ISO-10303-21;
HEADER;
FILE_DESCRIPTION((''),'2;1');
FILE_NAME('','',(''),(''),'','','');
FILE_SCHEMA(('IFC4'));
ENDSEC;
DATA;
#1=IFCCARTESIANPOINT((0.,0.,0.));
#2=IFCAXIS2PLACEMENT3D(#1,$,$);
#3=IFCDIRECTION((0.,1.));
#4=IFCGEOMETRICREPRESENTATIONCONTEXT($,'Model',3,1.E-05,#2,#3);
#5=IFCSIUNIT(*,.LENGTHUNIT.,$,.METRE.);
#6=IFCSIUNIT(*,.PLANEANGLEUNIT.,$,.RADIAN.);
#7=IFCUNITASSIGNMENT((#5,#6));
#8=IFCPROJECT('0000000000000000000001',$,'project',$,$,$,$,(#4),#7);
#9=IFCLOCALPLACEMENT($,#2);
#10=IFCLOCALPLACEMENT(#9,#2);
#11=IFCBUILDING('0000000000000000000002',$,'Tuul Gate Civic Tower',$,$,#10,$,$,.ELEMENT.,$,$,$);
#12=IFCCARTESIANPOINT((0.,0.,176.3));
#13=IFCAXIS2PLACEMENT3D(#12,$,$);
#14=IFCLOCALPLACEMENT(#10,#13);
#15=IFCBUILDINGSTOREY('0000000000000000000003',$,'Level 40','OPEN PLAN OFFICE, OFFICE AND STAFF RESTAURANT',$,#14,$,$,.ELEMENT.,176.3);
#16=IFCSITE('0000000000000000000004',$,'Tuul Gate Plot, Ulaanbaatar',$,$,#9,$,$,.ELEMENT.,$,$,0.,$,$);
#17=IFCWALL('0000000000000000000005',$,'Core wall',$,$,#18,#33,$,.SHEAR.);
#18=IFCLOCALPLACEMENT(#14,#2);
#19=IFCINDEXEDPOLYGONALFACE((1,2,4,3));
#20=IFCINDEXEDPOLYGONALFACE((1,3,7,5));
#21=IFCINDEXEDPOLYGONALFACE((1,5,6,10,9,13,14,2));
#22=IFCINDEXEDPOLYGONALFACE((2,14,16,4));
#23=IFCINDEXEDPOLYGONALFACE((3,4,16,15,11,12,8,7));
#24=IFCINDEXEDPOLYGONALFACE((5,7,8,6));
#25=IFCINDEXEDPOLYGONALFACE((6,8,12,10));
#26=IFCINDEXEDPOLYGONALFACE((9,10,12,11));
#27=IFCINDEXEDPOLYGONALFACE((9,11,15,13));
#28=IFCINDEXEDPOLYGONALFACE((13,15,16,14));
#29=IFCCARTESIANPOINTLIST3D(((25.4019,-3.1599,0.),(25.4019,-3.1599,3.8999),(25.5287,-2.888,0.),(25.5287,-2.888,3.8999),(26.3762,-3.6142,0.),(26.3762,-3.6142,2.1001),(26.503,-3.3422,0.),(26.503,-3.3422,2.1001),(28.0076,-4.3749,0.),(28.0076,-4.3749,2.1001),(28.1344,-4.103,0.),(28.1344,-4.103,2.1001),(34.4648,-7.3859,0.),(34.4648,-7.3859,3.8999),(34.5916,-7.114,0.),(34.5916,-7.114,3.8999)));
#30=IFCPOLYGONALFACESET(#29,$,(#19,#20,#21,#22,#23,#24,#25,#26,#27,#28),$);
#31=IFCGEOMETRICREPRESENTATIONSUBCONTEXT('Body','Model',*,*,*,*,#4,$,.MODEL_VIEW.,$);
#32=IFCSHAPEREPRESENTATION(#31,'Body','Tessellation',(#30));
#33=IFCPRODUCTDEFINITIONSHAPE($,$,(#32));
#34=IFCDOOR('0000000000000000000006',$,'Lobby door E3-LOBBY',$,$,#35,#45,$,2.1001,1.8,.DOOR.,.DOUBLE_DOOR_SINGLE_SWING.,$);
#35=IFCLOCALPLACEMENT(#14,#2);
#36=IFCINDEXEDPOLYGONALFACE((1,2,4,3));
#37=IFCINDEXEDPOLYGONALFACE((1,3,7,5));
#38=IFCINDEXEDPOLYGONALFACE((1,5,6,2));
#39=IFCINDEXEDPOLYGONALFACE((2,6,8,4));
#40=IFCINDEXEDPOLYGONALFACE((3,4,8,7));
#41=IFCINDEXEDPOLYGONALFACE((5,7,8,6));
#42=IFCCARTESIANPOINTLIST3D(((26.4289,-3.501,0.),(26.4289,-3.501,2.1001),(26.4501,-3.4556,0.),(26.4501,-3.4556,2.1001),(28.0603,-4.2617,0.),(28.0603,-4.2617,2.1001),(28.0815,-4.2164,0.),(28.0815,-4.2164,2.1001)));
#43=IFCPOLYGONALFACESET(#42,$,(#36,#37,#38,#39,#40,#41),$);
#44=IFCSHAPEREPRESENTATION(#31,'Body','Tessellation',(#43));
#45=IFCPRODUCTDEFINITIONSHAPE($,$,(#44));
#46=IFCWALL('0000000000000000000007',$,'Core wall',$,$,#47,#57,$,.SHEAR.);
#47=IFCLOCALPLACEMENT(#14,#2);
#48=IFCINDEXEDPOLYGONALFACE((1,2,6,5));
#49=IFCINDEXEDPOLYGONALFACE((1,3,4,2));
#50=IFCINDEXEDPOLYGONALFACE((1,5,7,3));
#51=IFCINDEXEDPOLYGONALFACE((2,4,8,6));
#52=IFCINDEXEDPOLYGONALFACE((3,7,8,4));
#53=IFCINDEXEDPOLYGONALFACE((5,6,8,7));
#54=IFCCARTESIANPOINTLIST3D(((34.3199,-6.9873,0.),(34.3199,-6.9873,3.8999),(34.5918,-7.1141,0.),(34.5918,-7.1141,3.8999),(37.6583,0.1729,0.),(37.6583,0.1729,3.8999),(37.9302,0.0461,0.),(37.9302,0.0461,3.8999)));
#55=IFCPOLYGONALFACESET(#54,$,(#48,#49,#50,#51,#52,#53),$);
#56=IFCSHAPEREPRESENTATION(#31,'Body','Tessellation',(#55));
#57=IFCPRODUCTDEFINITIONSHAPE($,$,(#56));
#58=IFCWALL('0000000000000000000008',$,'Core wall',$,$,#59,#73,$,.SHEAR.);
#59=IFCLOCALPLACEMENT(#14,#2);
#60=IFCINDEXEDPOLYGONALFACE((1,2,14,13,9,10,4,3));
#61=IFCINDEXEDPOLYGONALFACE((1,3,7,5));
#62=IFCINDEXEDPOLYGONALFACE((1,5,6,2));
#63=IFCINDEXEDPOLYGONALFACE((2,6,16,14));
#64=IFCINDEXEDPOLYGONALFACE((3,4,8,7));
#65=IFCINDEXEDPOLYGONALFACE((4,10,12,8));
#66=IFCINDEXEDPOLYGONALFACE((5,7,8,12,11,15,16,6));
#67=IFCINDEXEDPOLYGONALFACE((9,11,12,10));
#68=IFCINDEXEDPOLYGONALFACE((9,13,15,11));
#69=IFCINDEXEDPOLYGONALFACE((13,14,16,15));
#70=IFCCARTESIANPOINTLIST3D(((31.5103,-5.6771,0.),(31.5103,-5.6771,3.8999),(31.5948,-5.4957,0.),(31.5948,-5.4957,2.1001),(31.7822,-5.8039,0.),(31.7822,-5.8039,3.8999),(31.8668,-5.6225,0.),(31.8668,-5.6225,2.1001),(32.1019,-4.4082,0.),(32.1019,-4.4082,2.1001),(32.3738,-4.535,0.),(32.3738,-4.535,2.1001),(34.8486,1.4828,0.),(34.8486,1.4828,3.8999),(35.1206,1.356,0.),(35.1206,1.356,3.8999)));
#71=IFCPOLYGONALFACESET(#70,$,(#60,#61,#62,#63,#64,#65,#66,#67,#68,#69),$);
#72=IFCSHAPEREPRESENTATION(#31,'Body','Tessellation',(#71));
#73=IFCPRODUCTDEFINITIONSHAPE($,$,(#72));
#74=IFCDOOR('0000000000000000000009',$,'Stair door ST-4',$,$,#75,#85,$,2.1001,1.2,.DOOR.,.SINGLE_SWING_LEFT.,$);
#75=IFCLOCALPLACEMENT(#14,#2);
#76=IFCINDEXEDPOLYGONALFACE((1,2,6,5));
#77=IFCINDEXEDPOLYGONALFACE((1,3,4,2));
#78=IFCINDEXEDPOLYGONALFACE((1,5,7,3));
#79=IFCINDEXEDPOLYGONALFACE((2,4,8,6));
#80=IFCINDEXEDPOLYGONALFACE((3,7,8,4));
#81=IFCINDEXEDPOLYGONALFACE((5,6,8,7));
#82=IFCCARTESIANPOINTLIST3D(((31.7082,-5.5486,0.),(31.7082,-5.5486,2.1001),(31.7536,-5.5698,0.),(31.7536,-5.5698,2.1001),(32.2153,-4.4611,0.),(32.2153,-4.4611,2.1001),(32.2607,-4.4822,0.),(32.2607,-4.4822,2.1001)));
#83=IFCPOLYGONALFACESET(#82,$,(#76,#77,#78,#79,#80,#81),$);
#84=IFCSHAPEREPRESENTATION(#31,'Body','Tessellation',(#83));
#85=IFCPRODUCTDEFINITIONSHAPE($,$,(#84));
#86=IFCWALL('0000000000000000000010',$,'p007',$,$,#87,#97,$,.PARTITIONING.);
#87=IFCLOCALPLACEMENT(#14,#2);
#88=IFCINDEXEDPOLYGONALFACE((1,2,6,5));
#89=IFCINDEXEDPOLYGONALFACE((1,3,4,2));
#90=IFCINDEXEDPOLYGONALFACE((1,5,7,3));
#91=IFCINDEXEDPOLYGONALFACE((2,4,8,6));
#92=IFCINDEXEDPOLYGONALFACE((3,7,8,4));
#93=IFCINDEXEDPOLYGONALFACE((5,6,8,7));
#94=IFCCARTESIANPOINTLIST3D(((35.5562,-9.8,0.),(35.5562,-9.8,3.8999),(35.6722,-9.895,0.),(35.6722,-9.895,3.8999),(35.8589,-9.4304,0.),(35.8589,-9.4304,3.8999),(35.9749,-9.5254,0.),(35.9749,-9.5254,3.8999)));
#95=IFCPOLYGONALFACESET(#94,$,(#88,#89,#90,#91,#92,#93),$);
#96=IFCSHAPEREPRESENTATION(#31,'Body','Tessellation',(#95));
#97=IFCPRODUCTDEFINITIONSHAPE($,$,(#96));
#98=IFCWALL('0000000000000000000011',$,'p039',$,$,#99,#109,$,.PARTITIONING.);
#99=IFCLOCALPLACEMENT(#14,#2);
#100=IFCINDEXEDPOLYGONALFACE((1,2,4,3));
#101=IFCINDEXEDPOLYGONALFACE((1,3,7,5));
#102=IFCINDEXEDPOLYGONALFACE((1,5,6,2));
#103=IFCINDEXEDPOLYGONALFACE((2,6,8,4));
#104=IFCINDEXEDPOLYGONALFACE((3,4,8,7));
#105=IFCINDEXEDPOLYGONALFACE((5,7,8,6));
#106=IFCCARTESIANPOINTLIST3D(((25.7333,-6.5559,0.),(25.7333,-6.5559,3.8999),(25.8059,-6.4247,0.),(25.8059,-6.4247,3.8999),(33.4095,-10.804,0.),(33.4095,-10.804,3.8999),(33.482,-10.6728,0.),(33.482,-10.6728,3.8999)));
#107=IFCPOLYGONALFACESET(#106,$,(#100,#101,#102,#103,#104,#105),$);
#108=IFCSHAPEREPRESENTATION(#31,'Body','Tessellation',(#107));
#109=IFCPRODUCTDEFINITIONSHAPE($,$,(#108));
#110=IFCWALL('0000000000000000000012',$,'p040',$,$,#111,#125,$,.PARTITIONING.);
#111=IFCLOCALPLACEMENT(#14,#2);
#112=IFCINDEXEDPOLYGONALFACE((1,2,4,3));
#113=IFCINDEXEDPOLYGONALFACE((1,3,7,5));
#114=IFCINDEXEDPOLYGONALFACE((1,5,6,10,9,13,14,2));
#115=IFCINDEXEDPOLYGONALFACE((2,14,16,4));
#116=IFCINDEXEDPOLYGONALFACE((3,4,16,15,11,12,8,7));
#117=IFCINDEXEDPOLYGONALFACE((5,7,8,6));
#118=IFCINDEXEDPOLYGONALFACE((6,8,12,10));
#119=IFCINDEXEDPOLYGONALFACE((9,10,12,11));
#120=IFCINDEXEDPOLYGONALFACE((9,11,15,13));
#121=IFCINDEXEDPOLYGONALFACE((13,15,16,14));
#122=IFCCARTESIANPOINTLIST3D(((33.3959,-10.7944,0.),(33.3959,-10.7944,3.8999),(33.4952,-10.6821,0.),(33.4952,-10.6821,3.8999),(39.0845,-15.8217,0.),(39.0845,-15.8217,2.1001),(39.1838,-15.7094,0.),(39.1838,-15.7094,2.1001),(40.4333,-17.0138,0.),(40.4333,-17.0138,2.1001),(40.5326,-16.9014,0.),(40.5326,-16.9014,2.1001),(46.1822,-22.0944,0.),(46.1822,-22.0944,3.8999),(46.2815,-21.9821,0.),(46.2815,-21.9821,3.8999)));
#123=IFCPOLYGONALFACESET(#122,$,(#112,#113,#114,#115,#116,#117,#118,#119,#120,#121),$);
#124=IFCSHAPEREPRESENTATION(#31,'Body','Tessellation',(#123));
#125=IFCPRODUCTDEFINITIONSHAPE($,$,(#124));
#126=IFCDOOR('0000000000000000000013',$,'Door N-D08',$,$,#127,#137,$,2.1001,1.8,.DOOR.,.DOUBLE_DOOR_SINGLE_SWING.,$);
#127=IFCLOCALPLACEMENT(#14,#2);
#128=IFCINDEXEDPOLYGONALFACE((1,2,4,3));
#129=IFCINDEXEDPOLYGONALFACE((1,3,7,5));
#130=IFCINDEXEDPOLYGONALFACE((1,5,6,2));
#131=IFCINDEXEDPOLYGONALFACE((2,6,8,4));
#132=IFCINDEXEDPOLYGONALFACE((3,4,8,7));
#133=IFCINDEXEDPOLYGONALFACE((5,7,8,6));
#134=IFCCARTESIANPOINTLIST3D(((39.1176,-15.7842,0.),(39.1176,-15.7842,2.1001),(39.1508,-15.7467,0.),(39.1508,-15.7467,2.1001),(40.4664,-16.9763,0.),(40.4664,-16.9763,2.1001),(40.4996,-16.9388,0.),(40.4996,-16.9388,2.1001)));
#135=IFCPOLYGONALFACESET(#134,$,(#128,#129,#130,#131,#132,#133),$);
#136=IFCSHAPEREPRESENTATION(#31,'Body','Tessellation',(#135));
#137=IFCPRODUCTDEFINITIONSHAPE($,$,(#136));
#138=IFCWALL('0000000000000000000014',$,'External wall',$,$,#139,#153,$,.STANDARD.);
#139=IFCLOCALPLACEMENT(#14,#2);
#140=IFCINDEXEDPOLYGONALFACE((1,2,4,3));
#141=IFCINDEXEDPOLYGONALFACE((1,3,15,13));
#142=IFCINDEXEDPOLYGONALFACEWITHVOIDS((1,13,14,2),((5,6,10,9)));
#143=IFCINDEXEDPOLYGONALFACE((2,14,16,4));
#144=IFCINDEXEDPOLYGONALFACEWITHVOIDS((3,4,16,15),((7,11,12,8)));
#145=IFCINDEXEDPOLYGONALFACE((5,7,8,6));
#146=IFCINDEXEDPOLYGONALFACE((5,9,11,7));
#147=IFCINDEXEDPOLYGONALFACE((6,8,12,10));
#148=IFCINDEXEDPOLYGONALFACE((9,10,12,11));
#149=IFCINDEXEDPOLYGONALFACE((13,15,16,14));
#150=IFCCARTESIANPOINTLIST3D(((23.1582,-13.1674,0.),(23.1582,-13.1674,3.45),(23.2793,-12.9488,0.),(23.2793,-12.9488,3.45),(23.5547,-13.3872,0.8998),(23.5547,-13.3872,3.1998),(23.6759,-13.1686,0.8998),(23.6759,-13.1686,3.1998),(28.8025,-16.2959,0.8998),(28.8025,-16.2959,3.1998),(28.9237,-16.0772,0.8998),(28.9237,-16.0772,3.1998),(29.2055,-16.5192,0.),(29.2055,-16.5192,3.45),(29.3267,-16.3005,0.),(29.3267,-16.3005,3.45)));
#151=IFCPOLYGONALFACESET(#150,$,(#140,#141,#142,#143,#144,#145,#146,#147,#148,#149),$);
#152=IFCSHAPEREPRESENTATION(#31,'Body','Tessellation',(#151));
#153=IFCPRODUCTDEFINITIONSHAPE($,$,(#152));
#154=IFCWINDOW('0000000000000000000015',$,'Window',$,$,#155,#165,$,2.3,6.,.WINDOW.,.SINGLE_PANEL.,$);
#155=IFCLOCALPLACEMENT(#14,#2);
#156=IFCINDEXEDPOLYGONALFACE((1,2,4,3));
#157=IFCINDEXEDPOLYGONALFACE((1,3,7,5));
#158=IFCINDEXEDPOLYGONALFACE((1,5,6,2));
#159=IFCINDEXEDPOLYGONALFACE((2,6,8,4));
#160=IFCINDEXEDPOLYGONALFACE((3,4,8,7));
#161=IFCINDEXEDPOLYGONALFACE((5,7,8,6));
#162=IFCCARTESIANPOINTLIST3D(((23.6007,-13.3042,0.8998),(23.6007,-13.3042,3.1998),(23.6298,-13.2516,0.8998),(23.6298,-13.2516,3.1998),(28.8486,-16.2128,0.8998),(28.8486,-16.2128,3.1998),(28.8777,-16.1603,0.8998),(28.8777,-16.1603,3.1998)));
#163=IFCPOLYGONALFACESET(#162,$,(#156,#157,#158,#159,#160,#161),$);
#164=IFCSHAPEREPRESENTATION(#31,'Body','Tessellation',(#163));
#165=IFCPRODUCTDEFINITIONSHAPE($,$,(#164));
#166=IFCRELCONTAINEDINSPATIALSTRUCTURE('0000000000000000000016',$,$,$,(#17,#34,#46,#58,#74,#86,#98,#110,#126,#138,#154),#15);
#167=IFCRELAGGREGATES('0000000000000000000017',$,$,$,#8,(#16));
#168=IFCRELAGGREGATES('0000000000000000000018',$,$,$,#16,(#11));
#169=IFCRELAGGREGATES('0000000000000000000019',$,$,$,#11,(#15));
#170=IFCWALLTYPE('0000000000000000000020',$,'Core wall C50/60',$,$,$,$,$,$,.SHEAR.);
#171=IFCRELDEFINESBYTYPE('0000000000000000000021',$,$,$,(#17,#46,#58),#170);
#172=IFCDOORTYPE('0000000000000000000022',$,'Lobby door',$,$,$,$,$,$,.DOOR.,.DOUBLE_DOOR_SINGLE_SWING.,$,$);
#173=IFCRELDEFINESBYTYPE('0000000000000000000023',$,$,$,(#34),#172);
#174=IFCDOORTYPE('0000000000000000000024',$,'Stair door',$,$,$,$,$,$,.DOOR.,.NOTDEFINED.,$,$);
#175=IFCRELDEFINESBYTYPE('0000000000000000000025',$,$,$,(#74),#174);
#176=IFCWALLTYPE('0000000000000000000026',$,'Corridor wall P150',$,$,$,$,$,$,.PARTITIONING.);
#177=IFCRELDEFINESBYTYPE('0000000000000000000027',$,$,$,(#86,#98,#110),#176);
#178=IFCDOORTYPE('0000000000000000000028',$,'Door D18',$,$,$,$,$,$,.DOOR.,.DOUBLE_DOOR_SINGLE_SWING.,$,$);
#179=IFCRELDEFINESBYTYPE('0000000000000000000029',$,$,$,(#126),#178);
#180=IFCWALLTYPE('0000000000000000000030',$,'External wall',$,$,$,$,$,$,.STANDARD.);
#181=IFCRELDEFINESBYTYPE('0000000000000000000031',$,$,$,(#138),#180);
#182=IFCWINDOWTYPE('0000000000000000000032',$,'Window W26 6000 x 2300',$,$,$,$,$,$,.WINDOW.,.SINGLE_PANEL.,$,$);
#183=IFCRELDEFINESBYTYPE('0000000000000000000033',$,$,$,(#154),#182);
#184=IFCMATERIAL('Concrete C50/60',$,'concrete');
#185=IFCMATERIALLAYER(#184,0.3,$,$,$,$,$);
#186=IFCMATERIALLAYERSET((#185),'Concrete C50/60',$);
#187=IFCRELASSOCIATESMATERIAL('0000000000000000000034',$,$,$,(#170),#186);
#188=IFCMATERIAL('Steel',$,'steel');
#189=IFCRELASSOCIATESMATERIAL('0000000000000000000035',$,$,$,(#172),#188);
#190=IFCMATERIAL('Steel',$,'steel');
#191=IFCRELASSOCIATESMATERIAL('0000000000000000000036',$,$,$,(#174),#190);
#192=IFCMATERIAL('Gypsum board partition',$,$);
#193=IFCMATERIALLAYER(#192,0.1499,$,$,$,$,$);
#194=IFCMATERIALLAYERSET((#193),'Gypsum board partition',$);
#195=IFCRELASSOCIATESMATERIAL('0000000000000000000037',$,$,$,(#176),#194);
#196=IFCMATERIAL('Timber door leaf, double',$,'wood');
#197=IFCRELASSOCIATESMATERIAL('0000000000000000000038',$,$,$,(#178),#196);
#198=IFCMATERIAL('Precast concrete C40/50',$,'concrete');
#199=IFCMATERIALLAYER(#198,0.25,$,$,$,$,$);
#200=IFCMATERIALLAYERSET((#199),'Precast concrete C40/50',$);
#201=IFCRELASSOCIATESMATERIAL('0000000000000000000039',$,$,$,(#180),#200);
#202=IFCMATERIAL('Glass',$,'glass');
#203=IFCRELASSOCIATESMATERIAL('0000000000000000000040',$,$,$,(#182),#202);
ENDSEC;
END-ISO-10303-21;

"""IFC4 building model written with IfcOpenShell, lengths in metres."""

from ifc_helpers import new_model, si_unit, direction, frame, frame_2d, origin, place, context, subcontext, project, spatial, rectangle, extrude, material, layer, layer_set, type_object, element, fill, save


model = new_model("IFC4")

# Units and contexts
model_context = context("Model", 3, precision=1e-05, world=origin(), true_north=direction((0.0, 1.0)))
body_context = subcontext(model_context, "Body", "Model", "MODEL_VIEW")
ifc_project = project(units=[si_unit("LENGTHUNIT", "METRE"), si_unit("PLANEANGLEUNIT", "RADIAN")], contexts=[model_context])

# Site, building, storey
site_placement = place(None, origin())
site = spatial("IfcSite", under=ifc_project, at=site_placement, Name="Tuul Gate Plot, Ulaanbaatar", CompositionType="ELEMENT", RefElevation=0.0)
building_placement = place(site_placement, origin())
building = spatial("IfcBuilding", under=site, at=building_placement, Name="Tuul Gate Civic Tower", CompositionType="ELEMENT")
storey_placement = place(building_placement, frame((0.0, 0.0, 176.3)))
storey = spatial("IfcBuildingStorey", under=building, at=storey_placement, Name="Level 40", Description="OPEN PLAN OFFICE, OFFICE AND STAFF RESTAURANT", CompositionType="ELEMENT", Elevation=176.3)

# Wall, opening, door
ifc_material_1 = material(Name="Concrete C50/60", Category="concrete")
ifc_layer_1 = layer(ifc_material_1, 0.3)
ifc_layer_set_1 = layer_set([ifc_layer_1], Name="Concrete C50/60")
wall_type_1 = type_object("IfcWallType", Name="Core wall C50/60", PredefinedType="SHEAR", material=ifc_layer_set_1)
wall_1_placement = place(storey_placement, frame((34.5283, -7.25, 0.0), z_axis=(0.0, 0.0, 1.0), x_axis=(-0.90631, 0.422613, 0.0)))
wall_1 = element("IfcWall", 1, at=wall_1_placement, inside=storey, type_object=wall_type_1, Name="Core wall", PredefinedType="SHEAR", context=body_context, shape_type="SweptSolid", body=[
    extrude(rectangle(XDim=9.9998, YDim=0.3, at=frame_2d((5.0, 0.0))), origin(), (0.0, 0.0, 1.0), 3.8999),
])
opening_1_placement = place(wall_1_placement, frame((7.125, 0.0, 0.0)))
opening_1 = element("IfcOpeningElement", 2, at=opening_1_placement, cuts=wall_1, PredefinedType="OPENING", context=body_context, shape_type="SweptSolid", body=[
    extrude(rectangle(XDim=1.8, YDim=2.1001, at=frame_2d((0.8999, 1.05))), frame((0.0, 0.1602, 0.0), z_axis=(0.0, -1.0, 0.0), x_axis=(1.0, 0.0, 0.0)), (0.0, 0.0, 1.0), 0.3201),
])
ifc_material_2 = material(Name="Steel", Category="steel")
door_type_1 = type_object("IfcDoorType", Name="Lobby door", OperationType="DOUBLE_DOOR_SINGLE_SWING", PredefinedType="DOOR", material=ifc_material_2)
door_1_placement = place(opening_1_placement, frame((1.8, 0.0, 0.0), z_axis=(0.0, 0.0, 1.0), x_axis=(-1.0, 0.0, 0.0)))
door_1 = element("IfcDoor", 3, at=door_1_placement, inside=storey, type_object=door_type_1, Name="Lobby door E3-LOBBY", OperationType="DOUBLE_DOOR_SINGLE_SWING", OverallHeight=2.1001, OverallWidth=1.8, PredefinedType="DOOR", context=body_context, shape_type="SweptSolid", body=[
    extrude(rectangle(XDim=1.8, YDim=2.1001, at=frame_2d((0.9001, 1.05))), frame((0.0, 0.0249, 0.0), z_axis=(0.0, -1.0, 0.0), x_axis=(1.0, 0.0, 0.0)), (0.0, 0.0, 1.0), 0.05),
])
fill(opening_1, door_1)

# Wall
wall_2_placement = place(storey_placement, frame((34.4558, -7.0508, 0.0), z_axis=(0.0, 0.0, 1.0), x_axis=(0.422571, 0.90633, 0.0)))
element("IfcWall", 4, at=wall_2_placement, inside=storey, type_object=wall_type_1, Name="Core wall", PredefinedType="SHEAR", context=body_context, shape_type="SweptSolid", body=[
    extrude(rectangle(XDim=7.9001, YDim=0.3, at=frame_2d((3.9502, 0.0))), origin(), (0.0, 0.0, 1.0), 3.8999),
])

# Wall, opening, door
wall_3_placement = place(storey_placement, frame((31.6462, -5.7405, 0.0), z_axis=(0.0, 0.0, 1.0), x_axis=(0.422583, 0.906324, 0.0)))
wall_3 = element("IfcWall", 5, at=wall_3_placement, inside=storey, type_object=wall_type_1, Name="Core wall", PredefinedType="SHEAR", context=body_context, shape_type="SweptSolid", body=[
    extrude(rectangle(XDim=7.8999, YDim=0.3, at=frame_2d((3.95, 0.0))), origin(), (0.0, 0.0, 1.0), 3.8999),
])
opening_2_placement = place(wall_3_placement, frame((0.2, 0.0, 0.0)))
opening_2 = element("IfcOpeningElement", 6, at=opening_2_placement, cuts=wall_3, PredefinedType="OPENING", context=body_context, shape_type="SweptSolid", body=[
    extrude(rectangle(XDim=1.2, YDim=2.1001, at=frame_2d((0.6001, 1.05))), frame((0.0, 0.1602, 0.0), z_axis=(0.0, -1.0, 0.0), x_axis=(1.0, 0.0, 0.0)), (0.0, 0.0, 1.0), 0.3201),
])
ifc_material_3 = material(Name="Steel", Category="steel")
door_type_2 = type_object("IfcDoorType", Name="Stair door", OperationType="NOTDEFINED", PredefinedType="DOOR", material=ifc_material_3)
door_2_placement = place(opening_2_placement, origin())
door_2 = element("IfcDoor", 7, at=door_2_placement, inside=storey, type_object=door_type_2, Name="Stair door ST-4", OperationType="SINGLE_SWING_LEFT", OverallHeight=2.1001, OverallWidth=1.2, PredefinedType="DOOR", context=body_context, shape_type="SweptSolid", body=[
    extrude(rectangle(XDim=1.2, YDim=2.1001, at=frame_2d((0.6001, 1.05))), frame((0.0, 0.0249, 0.0), z_axis=(0.0, -1.0, 0.0), x_axis=(1.0, 0.0, 0.0)), (0.0, 0.0, 1.0), 0.05),
])
fill(opening_2, door_2)

# Walls
ifc_material_4 = material(Name="Gypsum board partition")
ifc_layer_2 = layer(ifc_material_4, 0.1499)
ifc_layer_set_2 = layer_set([ifc_layer_2], Name="Gypsum board partition")
wall_type_2 = type_object("IfcWallType", Name="Corridor wall P150", PredefinedType="PARTITIONING", material=ifc_layer_set_2)
wall_4_placement = place(storey_placement, frame((35.6143, -9.8474, 0.0), z_axis=(0.0, 0.0, 1.0), x_axis=(0.633627, 0.773638, 0.0)))
element("IfcWall", 8, at=wall_4_placement, inside=storey, type_object=wall_type_2, Name="p007", PredefinedType="PARTITIONING", context=body_context, shape_type="SweptSolid", body=[
    extrude(rectangle(XDim=0.4778, YDim=0.1499, at=frame_2d((0.2388, 0.0))), origin(), (0.0, 0.0, 1.0), 3.8999),
])
wall_5_placement = place(storey_placement, frame((25.7695, -6.4902, 0.0), z_axis=(0.0, 0.0, 1.0), x_axis=(0.87495, -0.484213, 0.0)))
element("IfcWall", 9, at=wall_5_placement, inside=storey, type_object=wall_type_2, Name="p039", PredefinedType="PARTITIONING", context=body_context, shape_type="SweptSolid", body=[
    extrude(rectangle(XDim=8.7732, YDim=0.1499, at=frame_2d((4.3867, 0.0))), origin(), (0.0, 0.0, 1.0), 3.8999),
])

# Wall, opening, door
wall_6_placement = place(storey_placement, frame((33.4456, -10.7383, 0.0), z_axis=(0.0, 0.0, 1.0), x_axis=(0.749316, -0.662213, 0.0)))
wall_6 = element("IfcWall", 10, at=wall_6_placement, inside=storey, type_object=wall_type_2, Name="p040", PredefinedType="PARTITIONING", context=body_context, shape_type="SweptSolid", body=[
    extrude(rectangle(XDim=17.064, YDim=0.1499, at=frame_2d((8.532, 0.0))), origin(), (0.0, 0.0, 1.0), 3.8999),
])
opening_3_placement = place(wall_6_placement, frame((7.5918, 0.0, 0.0)))
opening_3 = element("IfcOpeningElement", 11, at=opening_3_placement, cuts=wall_6, PredefinedType="OPENING", context=body_context, shape_type="SweptSolid", body=[
    extrude(rectangle(XDim=1.8, YDim=2.1001, at=frame_2d((0.8999, 1.05))), frame((0.0, 0.085, 0.0), z_axis=(0.0, -1.0, 0.0), x_axis=(1.0, 0.0, 0.0)), (0.0, 0.0, 1.0), 0.1699),
])
ifc_material_5 = material(Name="Timber door leaf, double", Category="wood")
door_type_3 = type_object("IfcDoorType", Name="Door D18", OperationType="DOUBLE_DOOR_SINGLE_SWING", PredefinedType="DOOR", material=ifc_material_5)
door_3_placement = place(opening_3_placement, frame((1.8, 0.0, 0.0), z_axis=(0.0, 0.0, 1.0), x_axis=(-1.0, 0.0, 0.0)))
door_3 = element("IfcDoor", 12, at=door_3_placement, inside=storey, type_object=door_type_3, Name="Door N-D08", OperationType="DOUBLE_DOOR_SINGLE_SWING", OverallHeight=2.1001, OverallWidth=1.8, PredefinedType="DOOR", context=body_context, shape_type="SweptSolid", body=[
    extrude(rectangle(XDim=1.8, YDim=2.1001, at=frame_2d((0.9001, 1.05))), frame((0.0, 0.0249, 0.0), z_axis=(0.0, -1.0, 0.0), x_axis=(1.0, 0.0, 0.0)), (0.0, 0.0, 1.0), 0.05),
])
fill(opening_3, door_3)

# Wall, opening, window
ifc_material_6 = material(Name="Precast concrete C40/50", Category="concrete")
ifc_layer_3 = layer(ifc_material_6, 0.25)
ifc_layer_set_3 = layer_set([ifc_layer_3], Name="Precast concrete C40/50")
wall_type_3 = type_object("IfcWallType", Name="External wall", PredefinedType="STANDARD", material=ifc_layer_set_3)
wall_7_placement = place(storey_placement, frame((23.2188, -13.0581, 0.0), z_axis=(0.0, 0.0, 1.0), x_axis=(0.874638, -0.484776, 0.0)))
wall_7 = element("IfcWall", 13, at=wall_7_placement, inside=storey, type_object=wall_type_3, Name="External wall", PredefinedType="STANDARD", context=body_context, shape_type="SweptSolid", body=[
    extrude(rectangle(XDim=6.9141, YDim=0.25, at=frame_2d((3.457, 0.0))), origin(), (0.0, 0.0, 1.0), 3.45),
])
opening_4_placement = place(wall_7_placement, frame((0.4534, 0.0, 0.8999)))
opening_4 = element("IfcOpeningElement", 14, at=opening_4_placement, cuts=wall_7, PredefinedType="OPENING", context=body_context, shape_type="SweptSolid", body=[
    extrude(rectangle(XDim=6.0, YDim=2.3, at=frame_2d((3.0, 1.1499))), frame((0.0, 0.135, 0.0), z_axis=(0.0, -1.0, 0.0), x_axis=(1.0, 0.0, 0.0)), (0.0, 0.0, 1.0), 0.27),
])
ifc_material_7 = material(Name="Glass", Category="glass")
window_type = type_object("IfcWindowType", Name="Window W26 6000 x 2300", PartitioningType="SINGLE_PANEL", PredefinedType="WINDOW", material=ifc_material_7)
window_1_placement = place(opening_4_placement, origin())
window_1 = element("IfcWindow", 15, at=window_1_placement, inside=storey, type_object=window_type, Name="Window", OverallHeight=2.3, OverallWidth=6.0, PartitioningType="SINGLE_PANEL", PredefinedType="WINDOW", context=body_context, shape_type="SweptSolid", body=[
    extrude(rectangle(XDim=6.0, YDim=2.3, at=frame_2d((3.0, 1.1499))), frame((0.0, 0.03, 0.0), z_axis=(0.0, -1.0, 0.0), x_axis=(1.0, 0.0, 0.0)), (0.0, 0.0, 1.0), 0.0601),
])
fill(opening_4, window_1)

save(model, "model.ifc")
